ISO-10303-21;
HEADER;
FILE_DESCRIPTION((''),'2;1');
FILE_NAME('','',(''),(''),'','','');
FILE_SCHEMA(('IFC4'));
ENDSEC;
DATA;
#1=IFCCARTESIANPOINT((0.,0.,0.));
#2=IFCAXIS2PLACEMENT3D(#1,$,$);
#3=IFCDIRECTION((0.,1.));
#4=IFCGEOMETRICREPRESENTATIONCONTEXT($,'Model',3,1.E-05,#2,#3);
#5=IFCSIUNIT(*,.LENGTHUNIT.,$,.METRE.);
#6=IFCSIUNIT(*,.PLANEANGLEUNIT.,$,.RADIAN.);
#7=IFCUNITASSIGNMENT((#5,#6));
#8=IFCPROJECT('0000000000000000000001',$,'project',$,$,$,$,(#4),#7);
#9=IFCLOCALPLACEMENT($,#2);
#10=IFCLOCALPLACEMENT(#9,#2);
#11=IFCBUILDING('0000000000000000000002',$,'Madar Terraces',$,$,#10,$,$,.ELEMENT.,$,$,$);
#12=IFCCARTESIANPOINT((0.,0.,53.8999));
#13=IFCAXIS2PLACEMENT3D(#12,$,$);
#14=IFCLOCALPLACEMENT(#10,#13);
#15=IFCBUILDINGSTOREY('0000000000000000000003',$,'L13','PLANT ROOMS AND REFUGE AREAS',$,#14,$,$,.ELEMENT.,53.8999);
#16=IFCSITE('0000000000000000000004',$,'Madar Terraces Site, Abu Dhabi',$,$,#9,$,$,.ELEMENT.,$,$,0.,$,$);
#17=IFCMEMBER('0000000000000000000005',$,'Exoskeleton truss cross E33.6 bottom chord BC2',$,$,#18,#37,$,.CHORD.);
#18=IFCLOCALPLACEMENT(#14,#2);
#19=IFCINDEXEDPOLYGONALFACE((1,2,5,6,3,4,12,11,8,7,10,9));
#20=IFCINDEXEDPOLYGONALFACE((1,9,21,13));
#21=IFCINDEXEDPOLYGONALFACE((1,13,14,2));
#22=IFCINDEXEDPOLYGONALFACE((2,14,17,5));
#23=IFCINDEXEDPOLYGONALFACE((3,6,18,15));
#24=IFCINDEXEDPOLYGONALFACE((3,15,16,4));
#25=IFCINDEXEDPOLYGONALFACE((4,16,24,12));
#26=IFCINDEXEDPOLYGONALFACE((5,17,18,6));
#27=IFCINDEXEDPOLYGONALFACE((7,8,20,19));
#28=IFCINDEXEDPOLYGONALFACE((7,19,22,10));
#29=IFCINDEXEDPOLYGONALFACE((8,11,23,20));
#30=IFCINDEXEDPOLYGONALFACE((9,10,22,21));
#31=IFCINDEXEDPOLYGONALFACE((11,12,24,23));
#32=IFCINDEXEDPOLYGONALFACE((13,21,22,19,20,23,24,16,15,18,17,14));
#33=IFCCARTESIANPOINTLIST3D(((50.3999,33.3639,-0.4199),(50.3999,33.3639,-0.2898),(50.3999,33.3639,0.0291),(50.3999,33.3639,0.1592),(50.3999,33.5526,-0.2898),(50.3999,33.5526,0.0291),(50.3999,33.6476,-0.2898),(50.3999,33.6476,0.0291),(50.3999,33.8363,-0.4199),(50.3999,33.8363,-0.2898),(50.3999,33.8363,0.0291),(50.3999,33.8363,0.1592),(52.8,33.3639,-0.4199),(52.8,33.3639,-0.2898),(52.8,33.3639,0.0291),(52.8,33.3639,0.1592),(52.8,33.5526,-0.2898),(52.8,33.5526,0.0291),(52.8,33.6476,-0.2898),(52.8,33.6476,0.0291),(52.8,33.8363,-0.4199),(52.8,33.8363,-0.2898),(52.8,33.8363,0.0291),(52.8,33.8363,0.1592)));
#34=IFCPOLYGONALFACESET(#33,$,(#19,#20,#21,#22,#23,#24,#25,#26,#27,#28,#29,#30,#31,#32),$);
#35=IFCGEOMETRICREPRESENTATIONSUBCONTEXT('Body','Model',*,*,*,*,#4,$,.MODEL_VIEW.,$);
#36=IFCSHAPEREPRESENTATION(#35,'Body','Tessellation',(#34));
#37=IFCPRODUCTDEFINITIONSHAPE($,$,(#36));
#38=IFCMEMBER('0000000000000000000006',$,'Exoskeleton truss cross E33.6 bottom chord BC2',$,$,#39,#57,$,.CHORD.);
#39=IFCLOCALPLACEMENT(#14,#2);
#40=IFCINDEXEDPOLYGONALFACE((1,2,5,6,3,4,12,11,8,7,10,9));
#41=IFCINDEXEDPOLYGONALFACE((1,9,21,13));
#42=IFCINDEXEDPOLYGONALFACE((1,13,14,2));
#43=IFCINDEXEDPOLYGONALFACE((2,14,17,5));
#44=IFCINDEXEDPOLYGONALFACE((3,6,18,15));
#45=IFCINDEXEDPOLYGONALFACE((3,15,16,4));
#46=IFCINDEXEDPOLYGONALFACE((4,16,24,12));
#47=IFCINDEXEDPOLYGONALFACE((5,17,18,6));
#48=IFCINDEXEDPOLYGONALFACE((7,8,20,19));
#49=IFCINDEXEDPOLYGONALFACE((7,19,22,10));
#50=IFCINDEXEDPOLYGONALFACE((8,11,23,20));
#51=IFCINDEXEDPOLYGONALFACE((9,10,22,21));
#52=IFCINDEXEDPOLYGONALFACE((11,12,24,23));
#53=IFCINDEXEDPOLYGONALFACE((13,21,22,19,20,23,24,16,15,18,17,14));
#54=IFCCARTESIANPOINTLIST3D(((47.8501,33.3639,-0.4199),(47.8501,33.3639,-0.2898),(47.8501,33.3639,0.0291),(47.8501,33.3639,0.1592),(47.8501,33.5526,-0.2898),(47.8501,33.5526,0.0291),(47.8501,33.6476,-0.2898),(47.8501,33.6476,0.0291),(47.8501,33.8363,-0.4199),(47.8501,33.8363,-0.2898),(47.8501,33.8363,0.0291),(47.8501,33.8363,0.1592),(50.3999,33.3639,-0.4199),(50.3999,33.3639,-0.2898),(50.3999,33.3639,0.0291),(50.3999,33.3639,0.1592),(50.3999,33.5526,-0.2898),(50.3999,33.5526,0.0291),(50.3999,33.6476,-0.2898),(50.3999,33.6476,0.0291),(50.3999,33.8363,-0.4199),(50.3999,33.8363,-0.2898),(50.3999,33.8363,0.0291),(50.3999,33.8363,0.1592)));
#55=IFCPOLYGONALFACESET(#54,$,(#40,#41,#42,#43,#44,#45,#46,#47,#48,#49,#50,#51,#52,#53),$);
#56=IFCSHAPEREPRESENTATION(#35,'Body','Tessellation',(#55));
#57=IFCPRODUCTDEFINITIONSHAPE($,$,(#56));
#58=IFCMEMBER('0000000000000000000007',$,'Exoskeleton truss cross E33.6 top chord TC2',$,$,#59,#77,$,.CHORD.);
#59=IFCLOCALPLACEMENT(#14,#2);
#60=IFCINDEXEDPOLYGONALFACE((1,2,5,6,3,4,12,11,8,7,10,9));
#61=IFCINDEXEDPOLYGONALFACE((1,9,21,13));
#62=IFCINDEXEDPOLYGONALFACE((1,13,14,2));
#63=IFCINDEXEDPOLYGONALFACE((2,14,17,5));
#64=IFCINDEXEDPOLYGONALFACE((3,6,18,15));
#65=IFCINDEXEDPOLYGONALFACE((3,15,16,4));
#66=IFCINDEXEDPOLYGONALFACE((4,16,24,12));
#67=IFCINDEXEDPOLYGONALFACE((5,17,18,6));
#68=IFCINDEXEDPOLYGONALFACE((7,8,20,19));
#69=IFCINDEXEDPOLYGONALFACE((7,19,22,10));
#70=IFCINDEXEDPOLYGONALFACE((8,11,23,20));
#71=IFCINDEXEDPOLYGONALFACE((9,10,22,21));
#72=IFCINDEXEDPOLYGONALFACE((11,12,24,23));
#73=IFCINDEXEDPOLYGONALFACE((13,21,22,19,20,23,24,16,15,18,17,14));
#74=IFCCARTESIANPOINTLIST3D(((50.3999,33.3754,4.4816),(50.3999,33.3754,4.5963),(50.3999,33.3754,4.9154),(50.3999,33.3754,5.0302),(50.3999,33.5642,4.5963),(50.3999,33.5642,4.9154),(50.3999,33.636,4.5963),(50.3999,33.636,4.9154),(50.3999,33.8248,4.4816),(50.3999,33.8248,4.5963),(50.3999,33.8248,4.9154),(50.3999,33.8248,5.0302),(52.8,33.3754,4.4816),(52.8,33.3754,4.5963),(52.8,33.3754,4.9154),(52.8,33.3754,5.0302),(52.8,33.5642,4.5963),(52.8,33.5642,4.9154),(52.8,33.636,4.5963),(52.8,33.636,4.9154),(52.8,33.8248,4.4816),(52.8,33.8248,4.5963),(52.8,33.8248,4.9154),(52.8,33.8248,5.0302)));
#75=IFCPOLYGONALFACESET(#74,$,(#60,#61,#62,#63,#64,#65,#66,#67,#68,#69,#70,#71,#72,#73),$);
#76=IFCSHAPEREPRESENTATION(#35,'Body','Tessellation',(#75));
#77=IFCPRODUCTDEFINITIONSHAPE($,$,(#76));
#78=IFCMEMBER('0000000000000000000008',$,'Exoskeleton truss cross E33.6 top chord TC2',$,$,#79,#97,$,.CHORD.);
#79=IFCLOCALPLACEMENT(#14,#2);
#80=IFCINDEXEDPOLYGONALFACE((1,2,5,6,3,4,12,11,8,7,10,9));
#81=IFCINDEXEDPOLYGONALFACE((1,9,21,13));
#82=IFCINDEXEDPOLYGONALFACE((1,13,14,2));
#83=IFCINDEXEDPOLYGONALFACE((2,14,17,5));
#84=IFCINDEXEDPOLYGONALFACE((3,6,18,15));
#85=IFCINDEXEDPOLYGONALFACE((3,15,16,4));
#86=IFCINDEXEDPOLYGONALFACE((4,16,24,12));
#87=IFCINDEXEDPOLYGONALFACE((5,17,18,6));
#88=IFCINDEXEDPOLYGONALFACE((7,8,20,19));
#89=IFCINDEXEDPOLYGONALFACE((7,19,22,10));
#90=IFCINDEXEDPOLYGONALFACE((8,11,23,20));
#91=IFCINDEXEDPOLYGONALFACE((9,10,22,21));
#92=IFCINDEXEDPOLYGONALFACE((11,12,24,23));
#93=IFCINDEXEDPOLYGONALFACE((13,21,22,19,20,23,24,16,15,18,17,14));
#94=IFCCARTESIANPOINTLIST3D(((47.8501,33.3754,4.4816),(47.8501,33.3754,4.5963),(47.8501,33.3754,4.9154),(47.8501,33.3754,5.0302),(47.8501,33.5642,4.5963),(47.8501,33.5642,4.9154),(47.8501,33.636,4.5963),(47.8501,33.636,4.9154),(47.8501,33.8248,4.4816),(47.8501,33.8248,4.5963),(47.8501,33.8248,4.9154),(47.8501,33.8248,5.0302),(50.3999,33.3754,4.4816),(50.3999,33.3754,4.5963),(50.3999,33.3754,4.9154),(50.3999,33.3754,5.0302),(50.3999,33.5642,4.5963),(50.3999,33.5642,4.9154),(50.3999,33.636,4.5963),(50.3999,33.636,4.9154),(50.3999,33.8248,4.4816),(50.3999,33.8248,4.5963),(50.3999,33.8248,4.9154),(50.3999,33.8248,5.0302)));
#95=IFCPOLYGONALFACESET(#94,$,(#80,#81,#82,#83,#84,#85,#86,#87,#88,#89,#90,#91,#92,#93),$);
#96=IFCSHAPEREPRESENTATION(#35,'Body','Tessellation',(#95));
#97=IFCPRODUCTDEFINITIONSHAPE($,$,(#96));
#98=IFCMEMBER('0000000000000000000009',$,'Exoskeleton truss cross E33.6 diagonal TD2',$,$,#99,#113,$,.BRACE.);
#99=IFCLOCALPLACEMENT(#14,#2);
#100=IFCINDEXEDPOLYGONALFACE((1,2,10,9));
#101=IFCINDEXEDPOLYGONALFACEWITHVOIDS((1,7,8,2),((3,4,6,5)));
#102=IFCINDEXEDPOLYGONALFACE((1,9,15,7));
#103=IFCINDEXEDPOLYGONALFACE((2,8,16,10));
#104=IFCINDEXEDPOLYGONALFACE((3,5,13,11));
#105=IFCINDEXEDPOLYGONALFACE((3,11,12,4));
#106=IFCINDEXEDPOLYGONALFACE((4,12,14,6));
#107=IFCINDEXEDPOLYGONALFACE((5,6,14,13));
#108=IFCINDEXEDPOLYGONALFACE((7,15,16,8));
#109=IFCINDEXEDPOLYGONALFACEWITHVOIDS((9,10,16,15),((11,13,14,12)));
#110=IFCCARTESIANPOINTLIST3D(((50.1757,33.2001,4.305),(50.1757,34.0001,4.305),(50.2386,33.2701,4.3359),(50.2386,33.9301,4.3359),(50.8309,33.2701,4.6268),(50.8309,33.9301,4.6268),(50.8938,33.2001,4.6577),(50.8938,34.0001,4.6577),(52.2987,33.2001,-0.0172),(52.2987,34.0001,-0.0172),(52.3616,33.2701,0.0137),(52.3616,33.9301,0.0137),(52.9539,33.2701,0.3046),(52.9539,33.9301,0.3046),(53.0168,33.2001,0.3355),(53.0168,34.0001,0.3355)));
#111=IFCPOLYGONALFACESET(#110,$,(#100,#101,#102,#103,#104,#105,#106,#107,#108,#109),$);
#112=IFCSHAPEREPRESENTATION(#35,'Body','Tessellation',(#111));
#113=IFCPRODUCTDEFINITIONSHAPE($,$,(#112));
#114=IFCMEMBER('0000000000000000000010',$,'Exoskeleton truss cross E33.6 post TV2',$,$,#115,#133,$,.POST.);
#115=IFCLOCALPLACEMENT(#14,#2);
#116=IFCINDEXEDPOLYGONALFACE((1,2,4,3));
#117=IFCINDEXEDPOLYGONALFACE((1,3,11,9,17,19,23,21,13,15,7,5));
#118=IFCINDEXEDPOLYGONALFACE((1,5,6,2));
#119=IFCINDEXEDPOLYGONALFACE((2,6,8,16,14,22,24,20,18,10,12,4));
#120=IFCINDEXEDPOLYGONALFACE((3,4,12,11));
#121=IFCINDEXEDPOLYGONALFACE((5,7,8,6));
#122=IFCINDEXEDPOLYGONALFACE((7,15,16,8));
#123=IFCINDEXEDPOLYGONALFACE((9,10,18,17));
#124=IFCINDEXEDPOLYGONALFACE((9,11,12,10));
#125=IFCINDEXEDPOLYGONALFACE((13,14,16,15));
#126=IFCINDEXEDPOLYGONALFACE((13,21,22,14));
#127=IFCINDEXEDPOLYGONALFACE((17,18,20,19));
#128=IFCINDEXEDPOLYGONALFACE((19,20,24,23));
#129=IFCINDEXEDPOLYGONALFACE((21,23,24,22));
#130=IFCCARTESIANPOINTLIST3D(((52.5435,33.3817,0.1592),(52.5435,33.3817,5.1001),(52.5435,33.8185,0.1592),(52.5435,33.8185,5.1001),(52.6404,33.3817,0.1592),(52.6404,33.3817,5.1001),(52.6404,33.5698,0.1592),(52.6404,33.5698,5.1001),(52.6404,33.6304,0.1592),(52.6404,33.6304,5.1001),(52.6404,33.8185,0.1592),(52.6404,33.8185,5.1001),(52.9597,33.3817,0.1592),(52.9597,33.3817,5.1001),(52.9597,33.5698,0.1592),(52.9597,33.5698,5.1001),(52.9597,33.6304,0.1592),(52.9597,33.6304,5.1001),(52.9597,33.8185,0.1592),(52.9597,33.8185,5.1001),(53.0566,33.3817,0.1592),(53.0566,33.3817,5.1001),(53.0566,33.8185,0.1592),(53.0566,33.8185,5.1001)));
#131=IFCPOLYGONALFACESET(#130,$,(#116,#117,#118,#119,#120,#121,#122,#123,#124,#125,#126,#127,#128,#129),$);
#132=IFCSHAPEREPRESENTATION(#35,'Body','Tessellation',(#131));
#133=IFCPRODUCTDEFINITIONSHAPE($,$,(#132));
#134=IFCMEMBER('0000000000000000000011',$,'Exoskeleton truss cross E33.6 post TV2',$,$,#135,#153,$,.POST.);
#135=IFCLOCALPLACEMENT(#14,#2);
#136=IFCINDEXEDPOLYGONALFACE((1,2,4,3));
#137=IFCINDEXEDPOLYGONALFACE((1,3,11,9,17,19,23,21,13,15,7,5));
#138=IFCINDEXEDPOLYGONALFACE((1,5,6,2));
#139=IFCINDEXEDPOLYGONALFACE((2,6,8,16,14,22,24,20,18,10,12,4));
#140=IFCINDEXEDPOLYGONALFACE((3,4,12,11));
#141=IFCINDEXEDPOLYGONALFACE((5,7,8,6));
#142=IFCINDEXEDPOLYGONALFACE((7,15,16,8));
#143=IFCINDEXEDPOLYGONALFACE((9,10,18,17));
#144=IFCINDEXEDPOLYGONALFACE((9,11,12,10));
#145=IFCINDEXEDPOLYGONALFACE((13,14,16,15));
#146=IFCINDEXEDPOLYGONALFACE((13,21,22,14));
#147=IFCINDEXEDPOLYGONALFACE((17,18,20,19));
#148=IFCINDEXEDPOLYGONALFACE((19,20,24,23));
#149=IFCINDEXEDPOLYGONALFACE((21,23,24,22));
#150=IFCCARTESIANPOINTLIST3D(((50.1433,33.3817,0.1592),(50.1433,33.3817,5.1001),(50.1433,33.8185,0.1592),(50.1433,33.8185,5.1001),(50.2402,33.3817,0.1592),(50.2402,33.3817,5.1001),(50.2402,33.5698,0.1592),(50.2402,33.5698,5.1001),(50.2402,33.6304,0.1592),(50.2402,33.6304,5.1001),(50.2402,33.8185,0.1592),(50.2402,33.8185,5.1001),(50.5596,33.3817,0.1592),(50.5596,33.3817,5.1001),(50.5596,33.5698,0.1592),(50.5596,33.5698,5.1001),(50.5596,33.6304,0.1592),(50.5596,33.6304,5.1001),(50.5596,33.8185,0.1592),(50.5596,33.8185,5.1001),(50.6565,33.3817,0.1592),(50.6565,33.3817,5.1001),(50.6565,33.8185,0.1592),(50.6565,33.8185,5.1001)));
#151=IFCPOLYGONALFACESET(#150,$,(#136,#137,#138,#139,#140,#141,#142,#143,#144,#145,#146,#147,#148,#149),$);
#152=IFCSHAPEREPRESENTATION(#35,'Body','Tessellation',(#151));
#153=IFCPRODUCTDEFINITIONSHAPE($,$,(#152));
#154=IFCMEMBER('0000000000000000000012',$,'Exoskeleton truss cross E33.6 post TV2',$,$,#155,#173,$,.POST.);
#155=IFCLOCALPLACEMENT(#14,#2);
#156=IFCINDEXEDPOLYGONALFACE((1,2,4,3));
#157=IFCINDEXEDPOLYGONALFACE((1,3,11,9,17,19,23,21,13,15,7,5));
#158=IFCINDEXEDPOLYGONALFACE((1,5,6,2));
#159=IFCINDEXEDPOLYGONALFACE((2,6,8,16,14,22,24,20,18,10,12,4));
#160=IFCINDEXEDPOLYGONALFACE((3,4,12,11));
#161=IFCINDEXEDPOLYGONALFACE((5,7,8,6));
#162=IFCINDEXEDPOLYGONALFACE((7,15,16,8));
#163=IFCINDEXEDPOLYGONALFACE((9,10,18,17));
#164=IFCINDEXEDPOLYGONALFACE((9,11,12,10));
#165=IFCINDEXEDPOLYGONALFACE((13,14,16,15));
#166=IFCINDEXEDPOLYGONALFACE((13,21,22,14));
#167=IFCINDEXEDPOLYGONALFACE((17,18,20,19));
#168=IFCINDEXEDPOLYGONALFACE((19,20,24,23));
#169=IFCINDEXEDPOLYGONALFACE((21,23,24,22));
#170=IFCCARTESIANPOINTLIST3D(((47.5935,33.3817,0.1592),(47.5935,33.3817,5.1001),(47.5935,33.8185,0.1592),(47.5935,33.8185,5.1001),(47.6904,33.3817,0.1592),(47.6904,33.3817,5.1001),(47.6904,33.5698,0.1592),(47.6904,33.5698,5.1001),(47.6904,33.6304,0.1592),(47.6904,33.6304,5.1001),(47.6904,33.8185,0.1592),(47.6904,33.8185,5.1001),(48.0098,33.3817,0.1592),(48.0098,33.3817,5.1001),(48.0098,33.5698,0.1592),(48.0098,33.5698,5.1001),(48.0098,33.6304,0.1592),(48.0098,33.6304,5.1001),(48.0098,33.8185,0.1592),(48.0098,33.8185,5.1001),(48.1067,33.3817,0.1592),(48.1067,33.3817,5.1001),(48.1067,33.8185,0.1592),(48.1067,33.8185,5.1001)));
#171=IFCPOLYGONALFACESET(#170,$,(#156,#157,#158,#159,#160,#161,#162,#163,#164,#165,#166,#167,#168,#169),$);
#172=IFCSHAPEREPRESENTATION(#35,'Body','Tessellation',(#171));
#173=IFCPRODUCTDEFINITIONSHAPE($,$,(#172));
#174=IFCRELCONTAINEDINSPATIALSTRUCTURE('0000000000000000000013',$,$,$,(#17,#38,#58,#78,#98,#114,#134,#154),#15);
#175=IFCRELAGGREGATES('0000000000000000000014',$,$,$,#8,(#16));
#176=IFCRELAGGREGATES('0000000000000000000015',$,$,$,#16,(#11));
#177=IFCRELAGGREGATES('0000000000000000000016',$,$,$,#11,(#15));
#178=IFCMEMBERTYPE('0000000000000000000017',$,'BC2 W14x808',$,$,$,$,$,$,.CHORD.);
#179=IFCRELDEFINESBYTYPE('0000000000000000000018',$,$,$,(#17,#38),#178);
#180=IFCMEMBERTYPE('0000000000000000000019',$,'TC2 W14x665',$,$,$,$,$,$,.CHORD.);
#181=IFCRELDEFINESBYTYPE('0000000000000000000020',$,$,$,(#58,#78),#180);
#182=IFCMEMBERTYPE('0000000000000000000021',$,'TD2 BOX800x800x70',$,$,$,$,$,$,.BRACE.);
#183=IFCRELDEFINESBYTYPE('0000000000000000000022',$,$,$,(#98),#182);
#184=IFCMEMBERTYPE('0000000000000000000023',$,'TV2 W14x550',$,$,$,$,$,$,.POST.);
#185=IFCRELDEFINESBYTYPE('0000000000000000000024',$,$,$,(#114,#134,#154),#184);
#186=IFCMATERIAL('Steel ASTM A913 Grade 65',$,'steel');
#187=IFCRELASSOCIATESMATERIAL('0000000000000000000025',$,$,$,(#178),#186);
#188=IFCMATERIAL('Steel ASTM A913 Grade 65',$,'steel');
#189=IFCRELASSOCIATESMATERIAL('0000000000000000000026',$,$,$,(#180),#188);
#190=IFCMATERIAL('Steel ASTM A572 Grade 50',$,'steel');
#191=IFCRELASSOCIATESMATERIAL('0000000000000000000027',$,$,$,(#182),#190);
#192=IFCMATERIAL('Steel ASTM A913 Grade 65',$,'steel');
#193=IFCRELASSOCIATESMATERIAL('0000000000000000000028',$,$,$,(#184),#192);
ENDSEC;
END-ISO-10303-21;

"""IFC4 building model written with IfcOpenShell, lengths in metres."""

from ifc_helpers import new_model, si_unit, direction, frame, origin, origin_2d, place, context, subcontext, project, spatial, hollow_rectangle, i_section, extrude, material, material_profile, profile_set, type_object, element, save


model = new_model("IFC4")

# Units and contexts
model_context = context("Model", 3, precision=1e-05, world=origin(), true_north=direction((0.0, 1.0)))
body_context = subcontext(model_context, "Body", "Model", "MODEL_VIEW")
ifc_project = project(units=[si_unit("LENGTHUNIT", "METRE"), si_unit("PLANEANGLEUNIT", "RADIAN")], contexts=[model_context])

# Site, building, storey
site_placement = place(None, origin())
site = spatial("IfcSite", under=ifc_project, at=site_placement, Name="Madar Terraces Site, Abu Dhabi", CompositionType="ELEMENT", RefElevation=0.0)
building_placement = place(site_placement, origin())
building = spatial("IfcBuilding", under=site, at=building_placement, Name="Madar Terraces", CompositionType="ELEMENT")
storey_placement = place(building_placement, frame((0.0, 0.0, 53.8999)))
storey = spatial("IfcBuildingStorey", under=building, at=storey_placement, Name="L13", Description="PLANT ROOMS AND REFUGE AREAS", CompositionType="ELEMENT", Elevation=53.8999)

# Members
ifc_material_1 = material(Name="Steel ASTM A913 Grade 65", Category="steel")
ifc_material_profile_1 = material_profile(ifc_material_1, i_section(OverallWidth=0.4724, OverallDepth=0.5791, WebThickness=0.095, FlangeThickness=0.1301, at=origin_2d()), Name="W14x808")
ifc_profile_set_1 = profile_set([ifc_material_profile_1], Name="Steel ASTM A913 Grade 65")
member_type_1 = type_object("IfcMemberType", Name="BC2 W14x808", PredefinedType="CHORD", material=ifc_profile_set_1)
member_1_placement = place(storey_placement, frame((52.8, 33.6001, -0.1304), z_axis=(-1.0, 0.0, 0.0), x_axis=(0.0, -1.0, 0.0)))
element("IfcMember", 1, at=member_1_placement, inside=storey, type_object=member_type_1, Name="Exoskeleton truss cross E33.6 bottom chord BC2", PredefinedType="CHORD", context=body_context, shape_type="SweptSolid", body=[
    extrude(i_section(OverallWidth=0.4724, OverallDepth=0.5791, WebThickness=0.095, FlangeThickness=0.1301, at=origin_2d()), origin(), (0.0, 0.0, 1.0), 2.4001),
])
member_2_placement = place(storey_placement, frame((50.3999, 33.6001, -0.1304), z_axis=(-1.0, 0.0, 0.0), x_axis=(0.0, -1.0, 0.0)))
element("IfcMember", 2, at=member_2_placement, inside=storey, type_object=member_type_1, Name="Exoskeleton truss cross E33.6 bottom chord BC2", PredefinedType="CHORD", context=body_context, shape_type="SweptSolid", body=[
    extrude(i_section(OverallWidth=0.4724, OverallDepth=0.5791, WebThickness=0.095, FlangeThickness=0.1301, at=origin_2d()), origin(), (0.0, 0.0, 1.0), 2.5498),
])
ifc_material_2 = material(Name="Steel ASTM A913 Grade 65", Category="steel")
ifc_material_profile_2 = material_profile(ifc_material_2, i_section(OverallWidth=0.4495, OverallDepth=0.5486, WebThickness=0.0718, FlangeThickness=0.1147, at=origin_2d()), Name="W14x665")
ifc_profile_set_2 = profile_set([ifc_material_profile_2], Name="Steel ASTM A913 Grade 65")
member_type_2 = type_object("IfcMemberType", Name="TC2 W14x665", PredefinedType="CHORD", material=ifc_profile_set_2)
member_3_placement = place(storey_placement, frame((52.8, 33.6001, 4.7559), z_axis=(-1.0, 0.0, 0.0), x_axis=(0.0, -1.0, 0.0)))
element("IfcMember", 3, at=member_3_placement, inside=storey, type_object=member_type_2, Name="Exoskeleton truss cross E33.6 top chord TC2", PredefinedType="CHORD", context=body_context, shape_type="SweptSolid", body=[
    extrude(i_section(OverallWidth=0.4495, OverallDepth=0.5486, WebThickness=0.0718, FlangeThickness=0.1147, at=origin_2d()), origin(), (0.0, 0.0, 1.0), 2.4001),
])
member_4_placement = place(storey_placement, frame((50.3999, 33.6001, 4.7559), z_axis=(-1.0, 0.0, 0.0), x_axis=(0.0, -1.0, 0.0)))
element("IfcMember", 4, at=member_4_placement, inside=storey, type_object=member_type_2, Name="Exoskeleton truss cross E33.6 top chord TC2", PredefinedType="CHORD", context=body_context, shape_type="SweptSolid", body=[
    extrude(i_section(OverallWidth=0.4495, OverallDepth=0.5486, WebThickness=0.0718, FlangeThickness=0.1147, at=origin_2d()), origin(), (0.0, 0.0, 1.0), 2.5498),
])
ifc_material_3 = material(Name="Steel ASTM A572 Grade 50", Category="steel")
ifc_material_profile_3 = material_profile(ifc_material_3, hollow_rectangle(XDim=0.8, YDim=0.8, WallThickness=0.0701, at=origin_2d()), Name="BOX800x800x70")
ifc_profile_set_3 = profile_set([ifc_material_profile_3], Name="Steel ASTM A572 Grade 50")
member_type_3 = type_object("IfcMemberType", Name="TD2 BOX800x800x70", PredefinedType="BRACE", material=ifc_profile_set_3)
member_5_placement = place(storey_placement, frame((52.6577, 33.6001, 0.1592), z_axis=(-0.440875, 0.0, 0.897568), x_axis=(0.0, -1.0, 0.0)))
element("IfcMember", 5, at=member_5_placement, inside=storey, type_object=member_type_3, Name="Exoskeleton truss cross E33.6 diagonal TD2", PredefinedType="BRACE", context=body_context, shape_type="SweptSolid", body=[
    extrude(hollow_rectangle(XDim=0.8, YDim=0.8, WallThickness=0.0701, at=origin_2d()), origin(), (0.0, 0.0, 1.0), 4.8154),
])
ifc_material_4 = material(Name="Steel ASTM A913 Grade 65", Category="steel")
ifc_material_profile_4 = material_profile(ifc_material_4, i_section(OverallWidth=0.4368, OverallDepth=0.5132, WebThickness=0.0605, FlangeThickness=0.0969, at=origin_2d()), Name="W14x550")
ifc_profile_set_4 = profile_set([ifc_material_profile_4], Name="Steel ASTM A913 Grade 65")
member_type_4 = type_object("IfcMemberType", Name="TV2 W14x550", PredefinedType="POST", material=ifc_profile_set_4)
for number, where, z_axis, x_axis, name in (
    (6, (52.8, 33.6001, 0.1592), (0.0, 0.0, 1.0), (0.0, 1.0, 0.0), "Exoskeleton truss cross E33.6 post TV2"),
    (7, (50.3999, 33.6001, 0.1592), (0.0, 0.0, 1.0), (0.0, 1.0, 0.0), "Exoskeleton truss cross E33.6 post TV2"),
    (8, (47.8501, 33.6001, 0.1592), (0.0, 0.0, 1.0), (0.0, 1.0, 0.0), "Exoskeleton truss cross E33.6 post TV2"),
):
    element("IfcMember", number, at=place(storey_placement, frame(where, z_axis=z_axis, x_axis=x_axis)), inside=storey, type_object=member_type_4, Name=name, PredefinedType="POST", context=body_context, shape_type="SweptSolid", body=[
        extrude(i_section(OverallWidth=0.4368, OverallDepth=0.5132, WebThickness=0.0605, FlangeThickness=0.0969, at=origin_2d()), origin(), (0.0, 0.0, 1.0), 4.9409),
    ])

save(model, "model.ifc")
